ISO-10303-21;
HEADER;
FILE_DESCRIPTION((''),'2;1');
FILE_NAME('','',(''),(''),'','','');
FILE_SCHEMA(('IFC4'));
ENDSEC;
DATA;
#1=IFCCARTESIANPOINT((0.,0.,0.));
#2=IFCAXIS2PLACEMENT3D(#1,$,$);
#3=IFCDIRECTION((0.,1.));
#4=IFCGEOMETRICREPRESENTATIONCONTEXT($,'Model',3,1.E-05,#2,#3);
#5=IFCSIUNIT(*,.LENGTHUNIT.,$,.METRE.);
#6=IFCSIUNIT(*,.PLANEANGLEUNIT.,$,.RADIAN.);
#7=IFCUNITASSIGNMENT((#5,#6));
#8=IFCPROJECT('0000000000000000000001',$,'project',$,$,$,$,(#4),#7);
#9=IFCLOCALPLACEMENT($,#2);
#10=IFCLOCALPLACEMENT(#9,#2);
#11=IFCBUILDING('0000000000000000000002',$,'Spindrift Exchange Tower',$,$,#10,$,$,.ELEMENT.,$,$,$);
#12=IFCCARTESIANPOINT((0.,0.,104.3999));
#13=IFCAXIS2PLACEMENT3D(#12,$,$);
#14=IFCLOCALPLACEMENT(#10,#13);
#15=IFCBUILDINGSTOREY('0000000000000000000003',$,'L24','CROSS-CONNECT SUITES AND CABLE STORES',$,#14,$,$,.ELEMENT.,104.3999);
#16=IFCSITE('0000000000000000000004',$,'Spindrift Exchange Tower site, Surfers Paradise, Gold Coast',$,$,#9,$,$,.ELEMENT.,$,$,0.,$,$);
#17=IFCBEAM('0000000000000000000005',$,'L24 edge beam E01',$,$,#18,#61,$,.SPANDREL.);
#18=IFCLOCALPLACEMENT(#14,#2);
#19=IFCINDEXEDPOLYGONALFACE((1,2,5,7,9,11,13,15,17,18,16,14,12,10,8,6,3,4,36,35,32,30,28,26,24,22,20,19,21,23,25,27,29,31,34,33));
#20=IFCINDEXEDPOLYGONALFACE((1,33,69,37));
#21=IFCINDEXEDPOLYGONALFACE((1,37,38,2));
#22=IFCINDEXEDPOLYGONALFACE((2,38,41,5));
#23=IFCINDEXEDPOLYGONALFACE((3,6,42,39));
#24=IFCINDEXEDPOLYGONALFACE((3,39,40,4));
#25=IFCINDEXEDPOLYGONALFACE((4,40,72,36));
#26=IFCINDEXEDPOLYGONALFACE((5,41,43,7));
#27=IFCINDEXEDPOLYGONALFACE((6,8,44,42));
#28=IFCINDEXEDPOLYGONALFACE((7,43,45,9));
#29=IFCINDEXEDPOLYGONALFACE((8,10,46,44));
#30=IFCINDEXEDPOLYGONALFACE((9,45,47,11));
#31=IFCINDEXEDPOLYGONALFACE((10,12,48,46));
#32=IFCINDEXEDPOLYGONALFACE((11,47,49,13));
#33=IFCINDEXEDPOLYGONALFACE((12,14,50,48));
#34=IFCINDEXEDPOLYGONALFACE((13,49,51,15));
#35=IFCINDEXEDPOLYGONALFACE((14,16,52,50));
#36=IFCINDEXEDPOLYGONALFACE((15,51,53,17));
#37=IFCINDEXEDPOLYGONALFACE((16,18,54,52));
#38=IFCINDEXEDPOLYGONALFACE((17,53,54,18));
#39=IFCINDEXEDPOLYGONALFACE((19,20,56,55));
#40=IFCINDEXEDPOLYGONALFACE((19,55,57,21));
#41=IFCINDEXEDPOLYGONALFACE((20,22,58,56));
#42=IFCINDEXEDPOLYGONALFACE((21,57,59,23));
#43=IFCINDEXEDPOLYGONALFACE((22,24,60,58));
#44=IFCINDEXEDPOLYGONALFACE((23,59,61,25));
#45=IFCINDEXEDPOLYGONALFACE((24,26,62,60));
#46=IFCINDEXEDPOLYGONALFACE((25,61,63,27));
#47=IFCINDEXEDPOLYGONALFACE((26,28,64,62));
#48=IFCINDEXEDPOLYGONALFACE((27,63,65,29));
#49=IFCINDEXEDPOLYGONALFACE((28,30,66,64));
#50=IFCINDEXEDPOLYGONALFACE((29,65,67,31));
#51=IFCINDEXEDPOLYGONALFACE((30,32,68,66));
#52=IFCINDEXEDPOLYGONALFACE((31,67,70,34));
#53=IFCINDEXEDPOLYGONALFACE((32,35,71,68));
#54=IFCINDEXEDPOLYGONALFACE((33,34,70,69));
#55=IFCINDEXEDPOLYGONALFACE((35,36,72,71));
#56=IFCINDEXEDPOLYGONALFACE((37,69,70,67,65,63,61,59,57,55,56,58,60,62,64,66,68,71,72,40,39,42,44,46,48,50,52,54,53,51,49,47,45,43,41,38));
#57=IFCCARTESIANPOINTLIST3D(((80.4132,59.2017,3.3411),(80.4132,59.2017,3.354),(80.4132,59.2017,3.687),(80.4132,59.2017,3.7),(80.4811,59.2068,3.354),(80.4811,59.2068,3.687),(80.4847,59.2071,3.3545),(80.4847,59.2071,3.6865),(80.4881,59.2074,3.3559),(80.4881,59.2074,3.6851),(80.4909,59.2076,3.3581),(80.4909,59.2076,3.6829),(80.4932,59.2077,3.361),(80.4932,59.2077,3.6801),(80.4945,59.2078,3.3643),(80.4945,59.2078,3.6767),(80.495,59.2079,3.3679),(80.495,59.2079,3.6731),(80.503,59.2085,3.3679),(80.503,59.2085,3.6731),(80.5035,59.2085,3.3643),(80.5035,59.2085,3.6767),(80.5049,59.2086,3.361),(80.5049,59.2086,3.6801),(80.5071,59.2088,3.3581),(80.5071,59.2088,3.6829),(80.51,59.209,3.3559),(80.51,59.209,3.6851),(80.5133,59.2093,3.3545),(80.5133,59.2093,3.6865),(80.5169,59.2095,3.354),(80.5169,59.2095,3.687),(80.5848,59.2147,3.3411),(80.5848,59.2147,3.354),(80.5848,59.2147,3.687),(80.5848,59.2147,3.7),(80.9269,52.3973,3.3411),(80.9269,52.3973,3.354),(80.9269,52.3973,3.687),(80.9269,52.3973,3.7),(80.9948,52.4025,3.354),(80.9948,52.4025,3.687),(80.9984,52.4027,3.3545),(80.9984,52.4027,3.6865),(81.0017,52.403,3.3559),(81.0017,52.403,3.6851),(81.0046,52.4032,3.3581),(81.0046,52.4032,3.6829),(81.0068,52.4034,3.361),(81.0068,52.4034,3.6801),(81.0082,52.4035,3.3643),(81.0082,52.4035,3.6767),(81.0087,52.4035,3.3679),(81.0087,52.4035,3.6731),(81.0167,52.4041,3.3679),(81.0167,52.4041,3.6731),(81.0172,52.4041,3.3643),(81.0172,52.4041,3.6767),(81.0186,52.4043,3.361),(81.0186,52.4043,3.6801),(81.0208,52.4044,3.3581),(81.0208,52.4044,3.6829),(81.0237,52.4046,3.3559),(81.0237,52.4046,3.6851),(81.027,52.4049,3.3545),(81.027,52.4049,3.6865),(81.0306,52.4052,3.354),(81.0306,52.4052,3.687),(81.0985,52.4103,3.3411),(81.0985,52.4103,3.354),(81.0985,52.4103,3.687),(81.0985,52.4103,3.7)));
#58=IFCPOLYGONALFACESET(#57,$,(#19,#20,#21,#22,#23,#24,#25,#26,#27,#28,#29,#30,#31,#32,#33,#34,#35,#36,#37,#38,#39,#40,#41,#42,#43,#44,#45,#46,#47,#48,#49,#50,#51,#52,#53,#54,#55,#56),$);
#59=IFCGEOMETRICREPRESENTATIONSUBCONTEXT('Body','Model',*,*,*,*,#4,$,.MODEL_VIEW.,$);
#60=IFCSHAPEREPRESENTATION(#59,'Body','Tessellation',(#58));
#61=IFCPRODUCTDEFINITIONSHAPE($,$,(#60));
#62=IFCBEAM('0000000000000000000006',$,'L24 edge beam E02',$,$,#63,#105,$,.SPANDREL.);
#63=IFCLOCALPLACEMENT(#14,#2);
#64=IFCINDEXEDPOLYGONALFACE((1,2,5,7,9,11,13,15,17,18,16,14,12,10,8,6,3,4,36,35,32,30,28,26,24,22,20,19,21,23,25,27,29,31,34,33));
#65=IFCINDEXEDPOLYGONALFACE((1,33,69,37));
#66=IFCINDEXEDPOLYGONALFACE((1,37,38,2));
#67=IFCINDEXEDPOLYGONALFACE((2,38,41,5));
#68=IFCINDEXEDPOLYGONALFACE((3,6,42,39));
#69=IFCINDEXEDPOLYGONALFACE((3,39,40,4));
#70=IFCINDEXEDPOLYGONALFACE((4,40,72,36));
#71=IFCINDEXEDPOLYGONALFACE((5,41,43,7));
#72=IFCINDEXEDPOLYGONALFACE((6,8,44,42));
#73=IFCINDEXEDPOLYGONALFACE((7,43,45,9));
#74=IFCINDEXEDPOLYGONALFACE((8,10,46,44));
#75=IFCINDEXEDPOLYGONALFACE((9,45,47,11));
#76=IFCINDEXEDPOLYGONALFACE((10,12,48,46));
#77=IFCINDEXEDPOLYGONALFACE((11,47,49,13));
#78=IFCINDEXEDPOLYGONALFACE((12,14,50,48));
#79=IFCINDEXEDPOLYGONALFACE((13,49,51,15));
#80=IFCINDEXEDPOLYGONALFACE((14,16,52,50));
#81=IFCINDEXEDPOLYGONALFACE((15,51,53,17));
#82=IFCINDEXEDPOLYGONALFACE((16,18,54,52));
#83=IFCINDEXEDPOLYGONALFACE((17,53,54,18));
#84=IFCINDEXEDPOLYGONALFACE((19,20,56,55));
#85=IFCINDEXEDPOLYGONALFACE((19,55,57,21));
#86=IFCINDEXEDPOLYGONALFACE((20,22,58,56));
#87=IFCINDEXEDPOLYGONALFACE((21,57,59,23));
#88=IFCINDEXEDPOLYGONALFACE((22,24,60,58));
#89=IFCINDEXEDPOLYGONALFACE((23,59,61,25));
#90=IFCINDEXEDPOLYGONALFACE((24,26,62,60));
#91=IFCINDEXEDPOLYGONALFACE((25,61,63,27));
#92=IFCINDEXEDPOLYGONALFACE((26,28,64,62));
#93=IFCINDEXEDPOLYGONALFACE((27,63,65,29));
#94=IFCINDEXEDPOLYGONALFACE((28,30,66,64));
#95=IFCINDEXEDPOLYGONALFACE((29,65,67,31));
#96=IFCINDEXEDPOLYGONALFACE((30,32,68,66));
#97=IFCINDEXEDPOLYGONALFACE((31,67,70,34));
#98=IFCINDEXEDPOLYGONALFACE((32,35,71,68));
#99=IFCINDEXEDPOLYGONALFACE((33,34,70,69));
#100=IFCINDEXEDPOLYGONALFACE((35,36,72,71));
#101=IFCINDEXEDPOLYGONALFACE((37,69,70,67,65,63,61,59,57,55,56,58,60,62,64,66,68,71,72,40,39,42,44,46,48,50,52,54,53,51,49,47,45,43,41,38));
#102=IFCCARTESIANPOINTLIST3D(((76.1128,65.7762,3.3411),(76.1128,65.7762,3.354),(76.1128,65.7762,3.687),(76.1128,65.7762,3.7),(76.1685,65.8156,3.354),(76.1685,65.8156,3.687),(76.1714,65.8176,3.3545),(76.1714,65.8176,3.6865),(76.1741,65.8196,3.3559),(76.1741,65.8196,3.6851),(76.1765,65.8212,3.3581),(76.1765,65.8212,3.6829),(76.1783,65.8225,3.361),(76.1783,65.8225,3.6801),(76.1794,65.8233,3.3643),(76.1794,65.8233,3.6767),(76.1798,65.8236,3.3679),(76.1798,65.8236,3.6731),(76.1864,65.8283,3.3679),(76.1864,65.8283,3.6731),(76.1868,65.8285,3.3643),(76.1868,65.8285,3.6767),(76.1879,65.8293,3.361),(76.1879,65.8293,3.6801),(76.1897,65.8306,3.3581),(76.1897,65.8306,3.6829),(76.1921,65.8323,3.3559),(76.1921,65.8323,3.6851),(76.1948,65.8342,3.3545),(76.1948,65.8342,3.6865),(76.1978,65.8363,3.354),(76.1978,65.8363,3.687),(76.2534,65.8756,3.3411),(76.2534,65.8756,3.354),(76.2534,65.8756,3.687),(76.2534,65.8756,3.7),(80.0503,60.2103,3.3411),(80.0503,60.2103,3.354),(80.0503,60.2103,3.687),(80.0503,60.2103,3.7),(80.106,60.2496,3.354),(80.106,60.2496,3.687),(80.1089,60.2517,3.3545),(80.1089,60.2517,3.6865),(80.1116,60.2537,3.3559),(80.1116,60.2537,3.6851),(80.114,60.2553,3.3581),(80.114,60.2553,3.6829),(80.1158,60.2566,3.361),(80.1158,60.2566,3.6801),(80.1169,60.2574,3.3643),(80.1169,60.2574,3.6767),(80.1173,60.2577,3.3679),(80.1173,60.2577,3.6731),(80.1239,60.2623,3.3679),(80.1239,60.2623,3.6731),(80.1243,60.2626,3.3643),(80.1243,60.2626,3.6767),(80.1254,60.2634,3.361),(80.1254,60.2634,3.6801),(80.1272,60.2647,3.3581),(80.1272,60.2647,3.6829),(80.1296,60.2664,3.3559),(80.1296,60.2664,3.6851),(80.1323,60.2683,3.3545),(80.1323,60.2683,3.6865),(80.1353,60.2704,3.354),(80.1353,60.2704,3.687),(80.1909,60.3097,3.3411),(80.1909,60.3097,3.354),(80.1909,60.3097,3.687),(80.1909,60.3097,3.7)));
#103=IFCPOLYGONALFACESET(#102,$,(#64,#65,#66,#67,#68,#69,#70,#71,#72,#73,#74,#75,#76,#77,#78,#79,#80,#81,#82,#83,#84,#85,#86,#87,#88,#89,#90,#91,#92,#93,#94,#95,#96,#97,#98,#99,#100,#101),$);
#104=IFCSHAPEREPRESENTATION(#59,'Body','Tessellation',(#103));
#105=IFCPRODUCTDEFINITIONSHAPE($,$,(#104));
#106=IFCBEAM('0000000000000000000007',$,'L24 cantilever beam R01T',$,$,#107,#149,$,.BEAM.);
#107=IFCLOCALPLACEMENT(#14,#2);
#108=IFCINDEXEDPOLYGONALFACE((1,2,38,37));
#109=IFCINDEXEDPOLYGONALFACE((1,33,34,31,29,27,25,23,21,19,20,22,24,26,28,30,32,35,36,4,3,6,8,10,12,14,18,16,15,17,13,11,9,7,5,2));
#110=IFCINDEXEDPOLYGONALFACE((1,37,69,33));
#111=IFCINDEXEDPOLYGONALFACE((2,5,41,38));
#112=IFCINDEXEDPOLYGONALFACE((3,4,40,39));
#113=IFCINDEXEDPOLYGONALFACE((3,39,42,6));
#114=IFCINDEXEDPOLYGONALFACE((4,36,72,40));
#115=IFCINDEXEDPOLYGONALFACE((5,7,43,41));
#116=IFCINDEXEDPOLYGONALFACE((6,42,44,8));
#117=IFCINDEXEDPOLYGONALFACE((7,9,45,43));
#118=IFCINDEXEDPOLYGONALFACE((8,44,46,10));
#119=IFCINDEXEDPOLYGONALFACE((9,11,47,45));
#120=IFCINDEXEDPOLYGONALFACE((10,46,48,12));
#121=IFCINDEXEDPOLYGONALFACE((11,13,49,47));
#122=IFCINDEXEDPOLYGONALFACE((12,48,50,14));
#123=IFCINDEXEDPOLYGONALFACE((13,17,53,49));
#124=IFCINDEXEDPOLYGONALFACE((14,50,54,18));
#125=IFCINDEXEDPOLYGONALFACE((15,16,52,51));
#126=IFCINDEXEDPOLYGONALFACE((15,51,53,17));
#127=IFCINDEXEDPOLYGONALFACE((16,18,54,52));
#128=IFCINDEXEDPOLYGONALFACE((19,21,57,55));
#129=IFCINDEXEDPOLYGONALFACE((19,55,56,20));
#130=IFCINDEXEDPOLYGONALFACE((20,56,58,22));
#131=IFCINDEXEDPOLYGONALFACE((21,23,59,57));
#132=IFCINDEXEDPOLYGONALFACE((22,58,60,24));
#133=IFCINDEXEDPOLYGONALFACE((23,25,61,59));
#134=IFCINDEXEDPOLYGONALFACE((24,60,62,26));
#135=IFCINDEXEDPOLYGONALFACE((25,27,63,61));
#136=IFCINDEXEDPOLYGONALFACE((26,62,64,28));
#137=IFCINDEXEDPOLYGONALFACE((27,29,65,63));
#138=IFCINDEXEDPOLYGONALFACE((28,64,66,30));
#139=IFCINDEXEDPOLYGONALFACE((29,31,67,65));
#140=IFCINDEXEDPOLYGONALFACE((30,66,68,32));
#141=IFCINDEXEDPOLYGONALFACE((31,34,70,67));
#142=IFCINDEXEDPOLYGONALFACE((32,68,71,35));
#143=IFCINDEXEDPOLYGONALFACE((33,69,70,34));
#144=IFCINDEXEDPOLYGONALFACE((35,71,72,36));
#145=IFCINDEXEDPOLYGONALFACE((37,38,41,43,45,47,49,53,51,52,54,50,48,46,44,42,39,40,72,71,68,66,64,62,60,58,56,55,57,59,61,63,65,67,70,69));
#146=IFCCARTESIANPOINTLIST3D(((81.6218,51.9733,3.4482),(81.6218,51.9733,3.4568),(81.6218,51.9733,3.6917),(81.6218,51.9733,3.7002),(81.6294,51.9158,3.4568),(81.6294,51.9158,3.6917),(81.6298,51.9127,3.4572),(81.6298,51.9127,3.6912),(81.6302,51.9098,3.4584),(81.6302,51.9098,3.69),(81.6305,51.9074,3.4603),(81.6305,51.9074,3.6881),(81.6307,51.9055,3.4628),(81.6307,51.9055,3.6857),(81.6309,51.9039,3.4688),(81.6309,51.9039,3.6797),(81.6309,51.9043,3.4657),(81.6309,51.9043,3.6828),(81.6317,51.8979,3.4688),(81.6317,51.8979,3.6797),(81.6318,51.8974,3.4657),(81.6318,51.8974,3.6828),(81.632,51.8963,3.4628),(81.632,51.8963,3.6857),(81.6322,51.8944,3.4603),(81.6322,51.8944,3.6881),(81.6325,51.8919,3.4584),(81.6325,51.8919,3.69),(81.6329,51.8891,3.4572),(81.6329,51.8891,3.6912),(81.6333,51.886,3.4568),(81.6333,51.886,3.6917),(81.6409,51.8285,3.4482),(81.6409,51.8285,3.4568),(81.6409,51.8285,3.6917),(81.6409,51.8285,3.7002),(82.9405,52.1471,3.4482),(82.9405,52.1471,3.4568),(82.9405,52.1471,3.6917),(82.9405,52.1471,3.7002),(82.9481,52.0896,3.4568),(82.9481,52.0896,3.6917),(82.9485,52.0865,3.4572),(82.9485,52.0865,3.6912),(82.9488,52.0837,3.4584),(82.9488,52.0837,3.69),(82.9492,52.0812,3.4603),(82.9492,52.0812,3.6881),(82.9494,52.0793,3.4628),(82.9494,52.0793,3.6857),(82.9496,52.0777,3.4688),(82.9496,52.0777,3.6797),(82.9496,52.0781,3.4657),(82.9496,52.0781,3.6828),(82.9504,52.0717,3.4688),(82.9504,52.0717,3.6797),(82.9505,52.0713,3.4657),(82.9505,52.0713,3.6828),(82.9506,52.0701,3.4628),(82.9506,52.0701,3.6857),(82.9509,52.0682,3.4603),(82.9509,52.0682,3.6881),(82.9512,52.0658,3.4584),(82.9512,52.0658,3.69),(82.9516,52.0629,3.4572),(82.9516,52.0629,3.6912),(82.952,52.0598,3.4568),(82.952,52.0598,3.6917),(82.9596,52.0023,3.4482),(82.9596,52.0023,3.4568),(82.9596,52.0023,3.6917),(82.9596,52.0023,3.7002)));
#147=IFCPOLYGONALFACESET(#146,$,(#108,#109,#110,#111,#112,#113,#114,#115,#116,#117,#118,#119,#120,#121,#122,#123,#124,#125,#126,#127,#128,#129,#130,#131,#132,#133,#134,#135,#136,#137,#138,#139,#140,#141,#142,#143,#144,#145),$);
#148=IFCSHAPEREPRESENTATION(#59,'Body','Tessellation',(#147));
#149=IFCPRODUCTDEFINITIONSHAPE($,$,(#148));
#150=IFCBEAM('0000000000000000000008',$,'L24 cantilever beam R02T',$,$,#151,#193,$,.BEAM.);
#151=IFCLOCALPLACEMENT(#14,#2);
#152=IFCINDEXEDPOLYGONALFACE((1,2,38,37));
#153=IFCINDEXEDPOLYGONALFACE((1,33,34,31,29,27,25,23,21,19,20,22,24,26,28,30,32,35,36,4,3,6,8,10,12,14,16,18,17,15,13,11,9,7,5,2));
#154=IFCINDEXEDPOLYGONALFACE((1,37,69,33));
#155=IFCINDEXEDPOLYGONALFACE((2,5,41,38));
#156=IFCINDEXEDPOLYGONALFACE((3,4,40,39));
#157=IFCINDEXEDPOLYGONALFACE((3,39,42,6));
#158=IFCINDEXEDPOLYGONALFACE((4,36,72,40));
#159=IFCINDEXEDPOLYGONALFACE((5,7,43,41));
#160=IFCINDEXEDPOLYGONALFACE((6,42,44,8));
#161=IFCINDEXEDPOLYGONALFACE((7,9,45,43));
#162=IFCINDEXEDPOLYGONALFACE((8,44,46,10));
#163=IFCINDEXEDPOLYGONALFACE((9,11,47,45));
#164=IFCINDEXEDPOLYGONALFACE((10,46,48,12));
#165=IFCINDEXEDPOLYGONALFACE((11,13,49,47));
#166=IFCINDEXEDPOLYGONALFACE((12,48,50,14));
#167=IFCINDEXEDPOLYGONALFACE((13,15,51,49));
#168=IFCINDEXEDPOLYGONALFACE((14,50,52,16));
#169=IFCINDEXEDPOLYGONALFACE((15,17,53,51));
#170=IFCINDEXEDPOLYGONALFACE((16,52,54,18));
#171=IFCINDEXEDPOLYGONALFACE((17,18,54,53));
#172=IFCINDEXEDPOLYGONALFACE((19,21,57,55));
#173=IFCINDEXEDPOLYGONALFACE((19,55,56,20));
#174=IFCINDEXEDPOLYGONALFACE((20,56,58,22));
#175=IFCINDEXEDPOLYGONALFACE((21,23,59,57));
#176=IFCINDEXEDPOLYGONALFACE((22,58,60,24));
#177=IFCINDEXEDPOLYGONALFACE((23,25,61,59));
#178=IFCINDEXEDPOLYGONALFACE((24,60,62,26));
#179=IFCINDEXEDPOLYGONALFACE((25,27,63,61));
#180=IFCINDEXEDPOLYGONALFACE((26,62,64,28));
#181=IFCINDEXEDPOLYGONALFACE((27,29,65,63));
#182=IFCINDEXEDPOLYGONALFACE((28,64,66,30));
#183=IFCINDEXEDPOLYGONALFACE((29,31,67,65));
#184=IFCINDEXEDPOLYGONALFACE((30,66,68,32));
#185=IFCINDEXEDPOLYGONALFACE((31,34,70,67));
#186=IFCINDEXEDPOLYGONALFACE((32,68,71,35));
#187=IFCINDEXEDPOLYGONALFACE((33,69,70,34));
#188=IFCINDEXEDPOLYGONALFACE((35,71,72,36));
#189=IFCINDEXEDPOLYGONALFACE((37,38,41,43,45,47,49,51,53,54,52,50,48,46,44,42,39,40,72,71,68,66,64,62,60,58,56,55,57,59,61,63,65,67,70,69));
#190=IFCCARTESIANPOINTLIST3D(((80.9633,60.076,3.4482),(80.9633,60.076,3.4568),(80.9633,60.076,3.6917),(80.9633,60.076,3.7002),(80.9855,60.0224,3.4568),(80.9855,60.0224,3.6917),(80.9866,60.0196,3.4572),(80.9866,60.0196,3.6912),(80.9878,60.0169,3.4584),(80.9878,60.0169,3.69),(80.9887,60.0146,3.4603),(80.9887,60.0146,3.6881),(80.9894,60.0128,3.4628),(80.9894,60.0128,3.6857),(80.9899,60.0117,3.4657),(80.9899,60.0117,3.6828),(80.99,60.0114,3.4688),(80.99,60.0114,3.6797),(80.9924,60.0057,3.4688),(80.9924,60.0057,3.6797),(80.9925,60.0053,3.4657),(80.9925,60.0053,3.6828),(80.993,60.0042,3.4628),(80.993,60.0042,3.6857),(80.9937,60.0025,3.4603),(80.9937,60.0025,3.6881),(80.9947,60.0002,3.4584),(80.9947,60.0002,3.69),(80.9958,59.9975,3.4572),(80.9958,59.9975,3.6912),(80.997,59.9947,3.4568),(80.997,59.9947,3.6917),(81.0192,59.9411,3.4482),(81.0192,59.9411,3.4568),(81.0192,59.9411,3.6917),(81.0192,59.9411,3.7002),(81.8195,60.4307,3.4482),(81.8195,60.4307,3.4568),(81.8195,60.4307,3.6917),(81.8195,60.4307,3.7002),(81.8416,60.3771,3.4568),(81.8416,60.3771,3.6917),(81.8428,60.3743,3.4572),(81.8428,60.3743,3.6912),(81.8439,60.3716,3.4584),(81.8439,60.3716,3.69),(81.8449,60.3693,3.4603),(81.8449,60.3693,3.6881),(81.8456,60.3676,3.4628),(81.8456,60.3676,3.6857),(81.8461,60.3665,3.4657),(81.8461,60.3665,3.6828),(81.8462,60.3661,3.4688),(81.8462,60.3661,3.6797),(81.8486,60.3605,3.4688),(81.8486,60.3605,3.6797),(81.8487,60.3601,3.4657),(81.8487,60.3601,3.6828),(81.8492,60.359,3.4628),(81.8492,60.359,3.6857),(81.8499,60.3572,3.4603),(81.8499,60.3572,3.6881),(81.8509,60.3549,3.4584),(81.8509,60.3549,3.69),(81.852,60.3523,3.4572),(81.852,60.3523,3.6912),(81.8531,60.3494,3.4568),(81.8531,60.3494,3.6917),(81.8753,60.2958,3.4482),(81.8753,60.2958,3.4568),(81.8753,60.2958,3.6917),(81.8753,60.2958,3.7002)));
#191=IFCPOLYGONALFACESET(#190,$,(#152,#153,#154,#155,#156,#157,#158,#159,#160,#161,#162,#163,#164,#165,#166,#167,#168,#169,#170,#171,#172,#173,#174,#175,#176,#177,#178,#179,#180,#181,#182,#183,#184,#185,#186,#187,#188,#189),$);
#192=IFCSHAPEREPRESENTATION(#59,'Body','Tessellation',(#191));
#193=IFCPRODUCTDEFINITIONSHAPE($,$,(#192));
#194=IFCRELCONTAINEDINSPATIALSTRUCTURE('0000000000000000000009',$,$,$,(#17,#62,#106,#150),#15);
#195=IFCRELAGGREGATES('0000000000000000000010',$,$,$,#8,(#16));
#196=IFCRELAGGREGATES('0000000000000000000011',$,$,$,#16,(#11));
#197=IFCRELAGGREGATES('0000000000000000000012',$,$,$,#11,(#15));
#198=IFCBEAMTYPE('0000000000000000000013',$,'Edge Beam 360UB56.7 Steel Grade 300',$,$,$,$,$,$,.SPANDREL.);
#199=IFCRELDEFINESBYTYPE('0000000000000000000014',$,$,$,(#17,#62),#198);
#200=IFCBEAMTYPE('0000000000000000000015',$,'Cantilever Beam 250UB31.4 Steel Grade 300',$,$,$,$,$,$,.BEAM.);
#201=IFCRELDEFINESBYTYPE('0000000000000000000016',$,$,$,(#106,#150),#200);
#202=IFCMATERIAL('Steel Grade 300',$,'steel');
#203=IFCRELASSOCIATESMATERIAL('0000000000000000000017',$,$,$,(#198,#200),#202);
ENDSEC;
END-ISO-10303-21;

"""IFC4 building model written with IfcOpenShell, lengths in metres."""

from ifc_helpers import new_model, si_unit, direction, frame, origin, origin_2d, place, context, subcontext, project, spatial, i_section, extrude, source, transform, mapped, material, material_profile, profile_set, type_object, element, save


model = new_model("IFC4")

# Units and contexts
model_context = context("Model", 3, precision=1e-05, world=origin(), true_north=direction((0.0, 1.0)))
body_context = subcontext(model_context, "Body", "Model", "MODEL_VIEW")
ifc_project = project(units=[si_unit("LENGTHUNIT", "METRE"), si_unit("PLANEANGLEUNIT", "RADIAN")], contexts=[model_context])

# Site, building, storey
site_placement = place(None, origin())
site = spatial("IfcSite", under=ifc_project, at=site_placement, Name="Spindrift Exchange Tower site, Surfers Paradise, Gold Coast", CompositionType="ELEMENT", RefElevation=0.0)
building_placement = place(site_placement, origin())
building = spatial("IfcBuilding", under=site, at=building_placement, Name="Spindrift Exchange Tower", CompositionType="ELEMENT")
storey_placement = place(building_placement, frame((0.0, 0.0, 104.3999)))
storey = spatial("IfcBuildingStorey", under=building, at=storey_placement, Name="L24", Description="CROSS-CONNECT SUITES AND CABLE STORES", CompositionType="ELEMENT", Elevation=104.3999)

# Beams
ifc_material_1 = material(Name="Steel Grade 300", Category="steel")
ifc_material_profile_1 = material_profile(ifc_material_1, i_section(OverallWidth=0.1721, OverallDepth=0.3589, WebThickness=0.0081, FlangeThickness=0.0129, FilletRadius=0.0139, at=origin_2d()), Name="360UB56.7")
ifc_profile_set_1 = profile_set([ifc_material_profile_1], Name="Steel Grade 300")
beam_type_1 = type_object("IfcBeamType", Name="Edge Beam 360UB56.7 Steel Grade 300", PredefinedType="SPANDREL", material=ifc_profile_set_1)
shared_shape_1 = source(origin(), body_context, "Body", "SweptSolid", [
    extrude(i_section(OverallWidth=0.1721, OverallDepth=0.3589, WebThickness=0.0081, FlangeThickness=0.0129, FilletRadius=0.0139, at=origin_2d()), origin(), (0.0, 0.0, 1.0), 6.8237),
])
beam_1_placement = place(storey_placement, frame((81.0127, 52.4038, 3.5205), z_axis=(-0.075276, 0.997163, 0.0), x_axis=(-0.997163, -0.075276, 0.0)))
element("IfcBeam", 1, at=beam_1_placement, inside=storey, type_object=beam_type_1, Name="L24 edge beam E01", PredefinedType="SPANDREL", context=body_context, shape_type="MappedRepresentation", body=[
    mapped(shared_shape_1, transform((0.0, 0.0, 0.0), scale=1.0)),
])
shared_shape_2 = source(origin(), body_context, "Body", "SweptSolid", [
    extrude(i_section(OverallWidth=0.1721, OverallDepth=0.3589, WebThickness=0.0081, FlangeThickness=0.0129, FilletRadius=0.0139, at=origin_2d()), origin(), (0.0, 0.0, 1.0), 6.8179),
])
beam_2_placement = place(storey_placement, frame((80.1206, 60.26, 3.5205), z_axis=(-0.577526, 0.816372, 0.0), x_axis=(-0.816372, -0.577526, 0.0)))
element("IfcBeam", 2, at=beam_2_placement, inside=storey, type_object=beam_type_1, Name="L24 edge beam E02", PredefinedType="SPANDREL", context=body_context, shape_type="MappedRepresentation", body=[
    mapped(shared_shape_2, transform((0.0, 0.0, 0.0), scale=1.0)),
])
ifc_material_profile_2 = material_profile(ifc_material_1, i_section(OverallWidth=0.146, OverallDepth=0.252, WebThickness=0.0061, FlangeThickness=0.0085, FilletRadius=0.012, at=origin_2d()), Name="250UB31.4")
ifc_profile_set_2 = profile_set([ifc_material_profile_2], Name="Steel Grade 300")
beam_type_2 = type_object("IfcBeamType", Name="Cantilever Beam 250UB31.4 Steel Grade 300", PredefinedType="BEAM", material=ifc_profile_set_2)
shared_shape_3 = source(origin(), body_context, "Body", "SweptSolid", [
    extrude(i_section(OverallWidth=0.146, OverallDepth=0.252, WebThickness=0.0061, FlangeThickness=0.0085, FilletRadius=0.012, at=origin_2d()), origin(), (0.0, 0.0, 1.0), 1.3301),
])
beam_3_placement = place(storey_placement, frame((81.6313, 51.9009, 3.5742), z_axis=(0.991422, 0.130697, 0.0), x_axis=(-0.130697, 0.991422, 0.0)))
element("IfcBeam", 3, at=beam_3_placement, inside=storey, type_object=beam_type_2, Name="L24 cantilever beam R01T", PredefinedType="BEAM", context=body_context, shape_type="MappedRepresentation", body=[
    mapped(shared_shape_3, transform((0.0, 0.0, 0.0), scale=1.0)),
])
shared_shape_4 = source(origin(), body_context, "Body", "SweptSolid", [
    extrude(i_section(OverallWidth=0.146, OverallDepth=0.252, WebThickness=0.0061, FlangeThickness=0.0085, FilletRadius=0.012, at=origin_2d()), origin(), (0.0, 0.0, 1.0), 0.9268),
])
beam_4_placement = place(storey_placement, frame((80.9912, 60.0085, 3.5742), z_axis=(0.923847, 0.382763, 0.0), x_axis=(-0.382763, 0.923847, 0.0)))
element("IfcBeam", 4, at=beam_4_placement, inside=storey, type_object=beam_type_2, Name="L24 cantilever beam R02T", PredefinedType="BEAM", context=body_context, shape_type="MappedRepresentation", body=[
    mapped(shared_shape_4, transform((0.0, 0.0, 0.0), scale=1.0)),
])

save(model, "model.ifc")
